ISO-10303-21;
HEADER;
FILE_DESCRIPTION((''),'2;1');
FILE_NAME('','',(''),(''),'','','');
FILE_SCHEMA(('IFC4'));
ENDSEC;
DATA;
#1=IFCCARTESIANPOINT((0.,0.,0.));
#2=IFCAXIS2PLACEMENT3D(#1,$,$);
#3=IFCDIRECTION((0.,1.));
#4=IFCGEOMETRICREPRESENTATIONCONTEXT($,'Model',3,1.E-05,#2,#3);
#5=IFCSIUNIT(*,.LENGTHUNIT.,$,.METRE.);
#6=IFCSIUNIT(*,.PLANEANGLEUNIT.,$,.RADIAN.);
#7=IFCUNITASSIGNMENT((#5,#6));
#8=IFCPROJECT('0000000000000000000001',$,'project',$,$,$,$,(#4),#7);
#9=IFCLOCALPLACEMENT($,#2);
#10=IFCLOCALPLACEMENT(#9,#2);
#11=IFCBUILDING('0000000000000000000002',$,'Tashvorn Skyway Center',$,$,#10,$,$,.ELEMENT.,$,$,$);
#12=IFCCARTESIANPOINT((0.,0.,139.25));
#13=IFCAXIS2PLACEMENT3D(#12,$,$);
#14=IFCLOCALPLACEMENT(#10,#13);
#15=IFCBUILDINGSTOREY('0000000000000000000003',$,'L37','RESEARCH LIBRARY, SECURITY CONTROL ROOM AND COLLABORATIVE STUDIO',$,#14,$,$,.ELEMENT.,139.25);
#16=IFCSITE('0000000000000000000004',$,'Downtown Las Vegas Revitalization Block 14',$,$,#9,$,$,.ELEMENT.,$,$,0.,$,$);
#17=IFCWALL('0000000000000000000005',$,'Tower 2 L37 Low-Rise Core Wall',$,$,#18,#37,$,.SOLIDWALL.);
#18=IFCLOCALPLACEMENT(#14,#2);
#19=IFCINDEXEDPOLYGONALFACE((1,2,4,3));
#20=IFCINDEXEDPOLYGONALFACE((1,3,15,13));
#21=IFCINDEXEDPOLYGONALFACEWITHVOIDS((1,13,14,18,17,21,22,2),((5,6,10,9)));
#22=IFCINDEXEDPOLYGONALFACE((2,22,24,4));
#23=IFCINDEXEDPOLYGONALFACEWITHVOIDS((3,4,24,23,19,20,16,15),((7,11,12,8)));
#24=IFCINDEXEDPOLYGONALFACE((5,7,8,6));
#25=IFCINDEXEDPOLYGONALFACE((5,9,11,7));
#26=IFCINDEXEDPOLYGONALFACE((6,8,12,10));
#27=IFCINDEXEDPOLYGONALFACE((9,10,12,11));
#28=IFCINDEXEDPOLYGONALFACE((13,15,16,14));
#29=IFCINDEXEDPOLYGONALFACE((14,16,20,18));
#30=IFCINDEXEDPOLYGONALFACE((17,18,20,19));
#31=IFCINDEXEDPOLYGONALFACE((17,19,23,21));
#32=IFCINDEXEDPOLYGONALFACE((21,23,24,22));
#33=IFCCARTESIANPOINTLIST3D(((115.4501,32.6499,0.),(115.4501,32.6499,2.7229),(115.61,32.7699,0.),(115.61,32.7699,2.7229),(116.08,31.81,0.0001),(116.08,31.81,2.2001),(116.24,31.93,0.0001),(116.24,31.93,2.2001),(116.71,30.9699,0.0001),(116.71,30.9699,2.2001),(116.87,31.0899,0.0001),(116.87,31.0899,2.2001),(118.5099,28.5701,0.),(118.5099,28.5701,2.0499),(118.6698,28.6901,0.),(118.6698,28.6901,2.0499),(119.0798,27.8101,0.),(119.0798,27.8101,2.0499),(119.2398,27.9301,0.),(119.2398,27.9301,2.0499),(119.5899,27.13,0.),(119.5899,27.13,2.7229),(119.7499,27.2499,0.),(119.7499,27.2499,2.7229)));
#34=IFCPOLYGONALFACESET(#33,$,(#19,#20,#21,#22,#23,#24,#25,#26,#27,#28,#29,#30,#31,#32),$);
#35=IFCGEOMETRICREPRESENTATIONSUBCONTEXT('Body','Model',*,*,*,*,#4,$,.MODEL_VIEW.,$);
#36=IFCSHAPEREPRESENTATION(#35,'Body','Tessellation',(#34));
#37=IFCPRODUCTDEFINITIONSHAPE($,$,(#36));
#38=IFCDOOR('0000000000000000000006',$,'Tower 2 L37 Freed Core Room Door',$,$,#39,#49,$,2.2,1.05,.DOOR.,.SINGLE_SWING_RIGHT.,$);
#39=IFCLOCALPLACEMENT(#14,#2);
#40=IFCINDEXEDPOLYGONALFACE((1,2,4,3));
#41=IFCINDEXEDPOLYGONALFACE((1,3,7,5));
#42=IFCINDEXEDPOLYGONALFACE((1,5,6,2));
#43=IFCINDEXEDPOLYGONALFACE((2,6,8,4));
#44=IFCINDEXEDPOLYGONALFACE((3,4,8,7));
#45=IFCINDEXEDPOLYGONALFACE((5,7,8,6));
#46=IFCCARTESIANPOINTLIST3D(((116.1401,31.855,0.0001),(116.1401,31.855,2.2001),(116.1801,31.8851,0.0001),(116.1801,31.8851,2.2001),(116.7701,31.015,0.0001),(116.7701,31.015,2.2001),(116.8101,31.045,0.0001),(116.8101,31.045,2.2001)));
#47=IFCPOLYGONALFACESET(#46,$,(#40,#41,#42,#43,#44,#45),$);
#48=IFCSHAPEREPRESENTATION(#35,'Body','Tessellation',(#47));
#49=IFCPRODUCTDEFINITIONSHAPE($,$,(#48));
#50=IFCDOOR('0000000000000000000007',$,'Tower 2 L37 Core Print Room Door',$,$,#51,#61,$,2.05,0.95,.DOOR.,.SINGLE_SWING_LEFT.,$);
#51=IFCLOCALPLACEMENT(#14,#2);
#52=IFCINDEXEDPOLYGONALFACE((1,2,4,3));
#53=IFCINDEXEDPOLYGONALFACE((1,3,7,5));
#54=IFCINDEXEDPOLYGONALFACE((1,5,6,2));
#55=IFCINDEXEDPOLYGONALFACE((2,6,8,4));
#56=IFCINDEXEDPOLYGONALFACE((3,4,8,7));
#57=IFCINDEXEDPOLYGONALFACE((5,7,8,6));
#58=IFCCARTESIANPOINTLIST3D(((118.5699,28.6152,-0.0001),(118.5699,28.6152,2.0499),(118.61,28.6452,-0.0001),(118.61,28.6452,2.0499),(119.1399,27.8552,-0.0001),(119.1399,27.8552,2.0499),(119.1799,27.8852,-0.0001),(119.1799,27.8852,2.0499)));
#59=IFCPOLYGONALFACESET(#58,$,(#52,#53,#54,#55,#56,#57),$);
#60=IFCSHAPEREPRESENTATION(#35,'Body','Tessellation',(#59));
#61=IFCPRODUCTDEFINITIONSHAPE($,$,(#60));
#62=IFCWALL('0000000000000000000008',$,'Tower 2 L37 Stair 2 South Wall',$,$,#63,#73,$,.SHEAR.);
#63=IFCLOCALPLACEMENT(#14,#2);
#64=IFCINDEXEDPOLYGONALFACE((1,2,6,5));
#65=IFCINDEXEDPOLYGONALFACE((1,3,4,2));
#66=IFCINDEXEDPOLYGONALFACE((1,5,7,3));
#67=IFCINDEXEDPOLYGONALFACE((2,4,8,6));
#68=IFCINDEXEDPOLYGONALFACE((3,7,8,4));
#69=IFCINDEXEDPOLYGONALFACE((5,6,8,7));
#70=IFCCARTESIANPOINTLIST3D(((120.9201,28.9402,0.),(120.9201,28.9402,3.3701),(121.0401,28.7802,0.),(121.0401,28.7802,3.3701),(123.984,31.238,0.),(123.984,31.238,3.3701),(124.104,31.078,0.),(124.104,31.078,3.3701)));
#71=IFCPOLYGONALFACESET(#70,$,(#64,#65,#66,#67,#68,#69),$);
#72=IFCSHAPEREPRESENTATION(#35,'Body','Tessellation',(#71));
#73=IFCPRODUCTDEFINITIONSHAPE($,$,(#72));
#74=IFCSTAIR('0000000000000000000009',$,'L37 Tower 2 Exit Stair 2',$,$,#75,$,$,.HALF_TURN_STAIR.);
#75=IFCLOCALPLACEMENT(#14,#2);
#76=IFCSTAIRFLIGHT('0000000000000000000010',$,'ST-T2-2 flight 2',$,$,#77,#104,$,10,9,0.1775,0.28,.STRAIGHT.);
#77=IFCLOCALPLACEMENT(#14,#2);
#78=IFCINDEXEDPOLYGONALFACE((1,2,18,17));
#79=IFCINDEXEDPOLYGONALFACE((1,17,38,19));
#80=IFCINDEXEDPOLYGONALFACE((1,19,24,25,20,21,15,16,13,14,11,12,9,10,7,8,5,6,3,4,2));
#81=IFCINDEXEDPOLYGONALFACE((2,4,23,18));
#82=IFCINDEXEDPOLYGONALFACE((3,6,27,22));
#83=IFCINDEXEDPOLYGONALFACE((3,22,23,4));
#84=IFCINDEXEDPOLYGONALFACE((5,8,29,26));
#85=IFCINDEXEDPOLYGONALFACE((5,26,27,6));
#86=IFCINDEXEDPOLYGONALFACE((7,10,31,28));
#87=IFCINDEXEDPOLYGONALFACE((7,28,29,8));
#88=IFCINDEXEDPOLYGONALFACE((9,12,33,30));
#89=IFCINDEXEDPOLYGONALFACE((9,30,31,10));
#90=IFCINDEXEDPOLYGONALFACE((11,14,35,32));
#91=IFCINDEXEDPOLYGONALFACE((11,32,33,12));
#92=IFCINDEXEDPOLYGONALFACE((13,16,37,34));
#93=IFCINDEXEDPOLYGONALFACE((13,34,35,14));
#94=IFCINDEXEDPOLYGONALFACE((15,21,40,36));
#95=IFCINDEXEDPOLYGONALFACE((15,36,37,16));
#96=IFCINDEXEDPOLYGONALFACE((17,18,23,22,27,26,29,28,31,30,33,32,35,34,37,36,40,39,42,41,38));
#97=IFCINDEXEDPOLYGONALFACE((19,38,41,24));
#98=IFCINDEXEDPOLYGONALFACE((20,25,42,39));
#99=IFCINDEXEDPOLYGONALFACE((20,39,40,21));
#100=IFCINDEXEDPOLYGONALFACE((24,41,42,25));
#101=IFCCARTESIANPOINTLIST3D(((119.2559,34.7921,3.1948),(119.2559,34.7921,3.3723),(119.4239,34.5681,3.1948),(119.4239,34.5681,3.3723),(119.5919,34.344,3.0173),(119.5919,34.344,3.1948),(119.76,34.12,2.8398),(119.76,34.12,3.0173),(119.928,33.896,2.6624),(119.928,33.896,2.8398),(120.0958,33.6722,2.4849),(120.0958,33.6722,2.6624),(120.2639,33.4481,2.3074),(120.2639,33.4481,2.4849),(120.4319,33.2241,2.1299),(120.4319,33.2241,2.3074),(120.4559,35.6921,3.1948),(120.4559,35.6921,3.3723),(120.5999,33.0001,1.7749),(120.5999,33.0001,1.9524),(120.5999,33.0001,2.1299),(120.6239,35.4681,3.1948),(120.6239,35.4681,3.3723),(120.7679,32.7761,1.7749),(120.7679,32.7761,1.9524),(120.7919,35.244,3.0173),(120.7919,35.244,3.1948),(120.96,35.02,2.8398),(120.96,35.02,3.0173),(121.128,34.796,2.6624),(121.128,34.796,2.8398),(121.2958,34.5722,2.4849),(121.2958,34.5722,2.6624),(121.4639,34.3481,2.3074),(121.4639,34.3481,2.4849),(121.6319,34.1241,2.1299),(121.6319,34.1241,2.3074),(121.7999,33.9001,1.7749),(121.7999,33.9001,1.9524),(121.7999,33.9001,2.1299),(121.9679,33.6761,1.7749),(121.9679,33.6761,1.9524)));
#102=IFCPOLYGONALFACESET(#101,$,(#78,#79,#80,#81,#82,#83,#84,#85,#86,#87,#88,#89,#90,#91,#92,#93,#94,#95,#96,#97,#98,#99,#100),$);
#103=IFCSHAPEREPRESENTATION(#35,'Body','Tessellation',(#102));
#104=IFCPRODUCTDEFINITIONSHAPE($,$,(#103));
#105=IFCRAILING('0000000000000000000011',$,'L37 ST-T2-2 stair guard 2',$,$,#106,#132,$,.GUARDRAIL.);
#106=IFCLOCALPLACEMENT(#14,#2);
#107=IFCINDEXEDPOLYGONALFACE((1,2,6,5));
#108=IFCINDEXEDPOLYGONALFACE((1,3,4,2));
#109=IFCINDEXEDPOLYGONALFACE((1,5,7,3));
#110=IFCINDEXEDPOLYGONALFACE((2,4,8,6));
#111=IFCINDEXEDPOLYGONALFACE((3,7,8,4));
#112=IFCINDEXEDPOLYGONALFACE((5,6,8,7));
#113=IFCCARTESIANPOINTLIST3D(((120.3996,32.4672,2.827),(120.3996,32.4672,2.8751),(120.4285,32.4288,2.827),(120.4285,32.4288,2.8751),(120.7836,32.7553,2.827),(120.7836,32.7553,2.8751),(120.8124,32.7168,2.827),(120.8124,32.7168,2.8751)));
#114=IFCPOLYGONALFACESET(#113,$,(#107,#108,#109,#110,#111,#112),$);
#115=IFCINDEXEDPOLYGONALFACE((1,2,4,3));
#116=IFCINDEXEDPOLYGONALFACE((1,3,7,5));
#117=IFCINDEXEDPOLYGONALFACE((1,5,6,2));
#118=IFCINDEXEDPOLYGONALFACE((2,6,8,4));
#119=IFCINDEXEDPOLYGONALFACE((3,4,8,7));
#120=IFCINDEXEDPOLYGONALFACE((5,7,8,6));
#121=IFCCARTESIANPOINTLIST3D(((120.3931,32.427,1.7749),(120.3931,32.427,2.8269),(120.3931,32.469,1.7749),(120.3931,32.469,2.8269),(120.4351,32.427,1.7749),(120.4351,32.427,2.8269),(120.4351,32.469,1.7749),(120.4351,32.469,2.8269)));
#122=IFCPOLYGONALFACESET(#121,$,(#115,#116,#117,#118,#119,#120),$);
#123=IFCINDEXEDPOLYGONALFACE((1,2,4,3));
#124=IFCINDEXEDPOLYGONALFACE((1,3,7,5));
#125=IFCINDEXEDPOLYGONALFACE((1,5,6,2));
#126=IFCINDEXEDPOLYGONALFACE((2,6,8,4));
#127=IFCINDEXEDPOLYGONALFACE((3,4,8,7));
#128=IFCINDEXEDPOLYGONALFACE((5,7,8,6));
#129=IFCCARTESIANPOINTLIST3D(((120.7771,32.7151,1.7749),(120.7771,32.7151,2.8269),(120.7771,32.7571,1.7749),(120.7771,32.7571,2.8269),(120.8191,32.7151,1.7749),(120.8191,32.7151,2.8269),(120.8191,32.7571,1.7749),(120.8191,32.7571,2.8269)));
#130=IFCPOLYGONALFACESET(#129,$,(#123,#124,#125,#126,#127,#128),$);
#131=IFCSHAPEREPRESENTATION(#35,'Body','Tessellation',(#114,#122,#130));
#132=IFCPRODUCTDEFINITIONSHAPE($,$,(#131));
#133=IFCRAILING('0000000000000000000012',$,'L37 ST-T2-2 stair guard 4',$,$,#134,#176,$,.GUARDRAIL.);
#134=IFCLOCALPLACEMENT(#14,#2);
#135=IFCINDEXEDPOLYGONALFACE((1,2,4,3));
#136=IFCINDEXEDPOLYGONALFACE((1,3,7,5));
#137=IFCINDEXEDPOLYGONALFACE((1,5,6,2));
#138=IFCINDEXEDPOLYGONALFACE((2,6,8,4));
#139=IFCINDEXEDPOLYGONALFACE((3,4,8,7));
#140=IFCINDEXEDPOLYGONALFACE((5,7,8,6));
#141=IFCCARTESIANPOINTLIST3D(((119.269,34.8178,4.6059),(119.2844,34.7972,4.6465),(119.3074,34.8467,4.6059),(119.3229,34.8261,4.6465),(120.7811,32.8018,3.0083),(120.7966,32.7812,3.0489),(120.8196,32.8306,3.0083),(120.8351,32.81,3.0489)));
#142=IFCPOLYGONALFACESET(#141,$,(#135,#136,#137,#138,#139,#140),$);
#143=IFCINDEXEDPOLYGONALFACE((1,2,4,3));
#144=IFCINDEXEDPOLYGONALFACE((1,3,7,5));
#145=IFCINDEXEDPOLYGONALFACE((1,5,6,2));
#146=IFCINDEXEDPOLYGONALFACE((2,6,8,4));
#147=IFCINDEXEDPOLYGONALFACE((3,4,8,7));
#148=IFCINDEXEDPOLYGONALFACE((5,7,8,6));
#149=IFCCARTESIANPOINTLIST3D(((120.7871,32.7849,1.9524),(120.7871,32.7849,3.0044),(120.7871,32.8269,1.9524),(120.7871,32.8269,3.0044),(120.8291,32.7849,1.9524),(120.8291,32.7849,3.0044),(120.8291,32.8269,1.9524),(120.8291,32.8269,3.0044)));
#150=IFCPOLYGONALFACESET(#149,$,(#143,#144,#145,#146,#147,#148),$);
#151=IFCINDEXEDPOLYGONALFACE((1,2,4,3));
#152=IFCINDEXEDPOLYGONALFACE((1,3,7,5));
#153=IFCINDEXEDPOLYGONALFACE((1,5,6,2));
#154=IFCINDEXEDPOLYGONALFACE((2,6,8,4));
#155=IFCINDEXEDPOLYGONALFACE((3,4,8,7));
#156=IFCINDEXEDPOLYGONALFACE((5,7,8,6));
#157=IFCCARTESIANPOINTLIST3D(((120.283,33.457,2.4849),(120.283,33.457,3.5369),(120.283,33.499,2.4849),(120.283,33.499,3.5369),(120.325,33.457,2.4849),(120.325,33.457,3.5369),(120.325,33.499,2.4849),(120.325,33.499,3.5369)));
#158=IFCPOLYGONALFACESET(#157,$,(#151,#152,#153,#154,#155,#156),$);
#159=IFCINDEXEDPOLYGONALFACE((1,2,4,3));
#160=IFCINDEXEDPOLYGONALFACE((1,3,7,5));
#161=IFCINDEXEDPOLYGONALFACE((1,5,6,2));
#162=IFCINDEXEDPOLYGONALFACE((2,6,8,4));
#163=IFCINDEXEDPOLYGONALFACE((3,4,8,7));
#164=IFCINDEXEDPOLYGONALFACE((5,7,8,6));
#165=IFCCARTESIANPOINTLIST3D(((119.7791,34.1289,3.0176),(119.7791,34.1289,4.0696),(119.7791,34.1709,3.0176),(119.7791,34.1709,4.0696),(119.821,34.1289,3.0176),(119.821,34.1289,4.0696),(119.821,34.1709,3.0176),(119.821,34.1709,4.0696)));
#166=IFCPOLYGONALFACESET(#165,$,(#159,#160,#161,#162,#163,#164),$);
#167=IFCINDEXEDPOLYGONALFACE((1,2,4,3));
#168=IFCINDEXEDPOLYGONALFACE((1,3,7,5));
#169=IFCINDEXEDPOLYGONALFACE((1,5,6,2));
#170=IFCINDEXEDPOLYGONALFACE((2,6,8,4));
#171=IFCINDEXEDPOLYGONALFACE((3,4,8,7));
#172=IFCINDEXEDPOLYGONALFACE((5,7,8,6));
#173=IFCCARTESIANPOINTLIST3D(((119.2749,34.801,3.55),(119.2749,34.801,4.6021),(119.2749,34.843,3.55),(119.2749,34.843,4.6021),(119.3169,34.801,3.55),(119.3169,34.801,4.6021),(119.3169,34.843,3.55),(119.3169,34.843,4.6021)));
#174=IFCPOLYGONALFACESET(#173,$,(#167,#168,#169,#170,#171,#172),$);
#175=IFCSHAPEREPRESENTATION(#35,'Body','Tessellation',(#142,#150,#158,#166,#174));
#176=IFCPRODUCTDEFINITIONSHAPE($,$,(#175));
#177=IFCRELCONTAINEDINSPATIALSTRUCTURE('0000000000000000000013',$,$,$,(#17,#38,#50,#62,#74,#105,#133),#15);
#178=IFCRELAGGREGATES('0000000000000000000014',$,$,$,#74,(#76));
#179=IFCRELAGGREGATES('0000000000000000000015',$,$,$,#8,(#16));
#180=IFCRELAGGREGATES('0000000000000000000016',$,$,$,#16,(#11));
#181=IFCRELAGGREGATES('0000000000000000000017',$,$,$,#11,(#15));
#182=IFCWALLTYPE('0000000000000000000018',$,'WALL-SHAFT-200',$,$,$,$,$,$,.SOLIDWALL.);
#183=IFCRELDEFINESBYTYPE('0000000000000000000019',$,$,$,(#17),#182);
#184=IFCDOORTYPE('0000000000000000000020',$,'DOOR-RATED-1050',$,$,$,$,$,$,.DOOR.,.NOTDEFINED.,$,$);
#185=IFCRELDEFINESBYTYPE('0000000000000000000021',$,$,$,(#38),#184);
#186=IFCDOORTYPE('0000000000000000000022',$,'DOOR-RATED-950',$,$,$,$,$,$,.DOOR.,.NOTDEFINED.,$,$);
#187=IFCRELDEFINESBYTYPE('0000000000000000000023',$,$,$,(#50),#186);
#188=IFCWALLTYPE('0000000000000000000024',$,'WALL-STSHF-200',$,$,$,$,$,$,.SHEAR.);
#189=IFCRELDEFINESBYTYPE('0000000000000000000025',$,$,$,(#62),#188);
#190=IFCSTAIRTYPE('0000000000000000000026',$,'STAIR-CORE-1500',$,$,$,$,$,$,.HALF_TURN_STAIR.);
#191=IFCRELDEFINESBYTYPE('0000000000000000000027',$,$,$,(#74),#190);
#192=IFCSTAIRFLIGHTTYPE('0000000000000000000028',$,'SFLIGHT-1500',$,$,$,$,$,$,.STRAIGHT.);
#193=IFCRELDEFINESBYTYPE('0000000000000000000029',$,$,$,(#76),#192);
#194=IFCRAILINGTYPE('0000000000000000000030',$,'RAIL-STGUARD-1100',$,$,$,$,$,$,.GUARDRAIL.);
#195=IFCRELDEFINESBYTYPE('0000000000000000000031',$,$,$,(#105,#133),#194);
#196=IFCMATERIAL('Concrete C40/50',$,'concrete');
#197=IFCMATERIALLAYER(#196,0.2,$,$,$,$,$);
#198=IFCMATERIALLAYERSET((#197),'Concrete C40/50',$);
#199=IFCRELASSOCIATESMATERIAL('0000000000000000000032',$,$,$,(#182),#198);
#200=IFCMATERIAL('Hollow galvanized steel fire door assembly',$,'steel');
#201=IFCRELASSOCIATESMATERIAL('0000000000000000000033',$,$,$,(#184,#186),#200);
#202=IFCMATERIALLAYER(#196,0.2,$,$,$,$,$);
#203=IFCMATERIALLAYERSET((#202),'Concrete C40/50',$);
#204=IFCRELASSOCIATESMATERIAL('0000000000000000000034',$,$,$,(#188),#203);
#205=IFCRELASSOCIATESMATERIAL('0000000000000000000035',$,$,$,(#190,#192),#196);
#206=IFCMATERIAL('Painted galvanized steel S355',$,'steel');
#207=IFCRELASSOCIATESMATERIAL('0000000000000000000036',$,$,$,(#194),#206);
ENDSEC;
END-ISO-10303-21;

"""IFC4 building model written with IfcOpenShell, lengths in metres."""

from ifc_helpers import new_model, si_unit, direction, frame, frame_2d, origin, origin_2d, place, context, subcontext, project, spatial, polyline, rectangle, outline, extrude, material, layer, layer_set, type_object, element, fill, aggregate, save


model = new_model("IFC4")

# Units and contexts
model_context = context("Model", 3, precision=1e-05, world=origin(), true_north=direction((0.0, 1.0)))
body_context = subcontext(model_context, "Body", "Model", "MODEL_VIEW")
ifc_project = project(units=[si_unit("LENGTHUNIT", "METRE"), si_unit("PLANEANGLEUNIT", "RADIAN")], contexts=[model_context])

# Site, building, storey
site_placement = place(None, origin())
site = spatial("IfcSite", under=ifc_project, at=site_placement, Name="Downtown Las Vegas Revitalization Block 14", CompositionType="ELEMENT", RefElevation=0.0)
building_placement = place(site_placement, origin())
building = spatial("IfcBuilding", under=site, at=building_placement, Name="Tashvorn Skyway Center", CompositionType="ELEMENT")
storey_placement = place(building_placement, frame((0.0, 0.0, 139.25)))
storey = spatial("IfcBuildingStorey", under=building, at=storey_placement, Name="L37", Description="RESEARCH LIBRARY, SECURITY CONTROL ROOM AND COLLABORATIVE STUDIO", CompositionType="ELEMENT", Elevation=139.25)

# Shared definitions
ifc_material_1 = material(Name="Hollow galvanized steel fire door assembly", Category="steel")

# Wall, openings, doors
ifc_material_2 = material(Name="Concrete C40/50", Category="concrete")
ifc_layer_1 = layer(ifc_material_2, 0.2)
ifc_layer_set_1 = layer_set([ifc_layer_1], Name="Concrete C40/50")
wall_type_1 = type_object("IfcWallType", Name="WALL-SHAFT-200", PredefinedType="SOLIDWALL", material=ifc_layer_set_1)
wall_1_placement = place(storey_placement, frame((119.6699, 27.1899, 0.0), z_axis=(0.0, 0.0, 1.0), x_axis=(-0.599989, 0.800008, 0.0)))
wall_1 = element("IfcWall", 1, at=wall_1_placement, inside=storey, type_object=wall_type_1, Name="Tower 2 L37 Low-Rise Core Wall", PredefinedType="SOLIDWALL", context=body_context, shape_type="SweptSolid", body=[
    extrude(rectangle(XDim=6.8999, YDim=0.2, at=frame_2d((3.45, 0.0))), origin(), (0.0, 0.0, 1.0), 2.7229),
])
opening_1_placement = place(wall_1_placement, frame((0.8501, 0.0, 0.0)))
opening_1 = element("IfcOpeningElement", 2, at=opening_1_placement, cuts=wall_1, PredefinedType="OPENING", context=body_context, shape_type="SweptSolid", body=[
    extrude(rectangle(XDim=0.95, YDim=2.05, at=frame_2d((0.4751, 1.0249))), frame((0.0, 0.1099, 0.0), z_axis=(0.0, -1.0, 0.0), x_axis=(1.0, 0.0, 0.0)), (0.0, 0.0, 1.0), 0.22),
])
opening_2_placement = place(wall_1_placement, frame((4.8, 0.0, 0.0)))
opening_2 = element("IfcOpeningElement", 3, at=opening_2_placement, cuts=wall_1, PredefinedType="OPENING", context=body_context, shape_type="SweptSolid", body=[
    extrude(rectangle(XDim=1.05, YDim=2.2, at=frame_2d((0.5249, 1.1001))), frame((0.0, 0.1099, 0.0), z_axis=(0.0, -1.0, 0.0), x_axis=(1.0, 0.0, 0.0)), (0.0, 0.0, 1.0), 0.22),
])
door_type_1 = type_object("IfcDoorType", Name="DOOR-RATED-1050", OperationType="NOTDEFINED", PredefinedType="DOOR", material=ifc_material_1)
door_1_placement = place(opening_2_placement, origin())
door_1 = element("IfcDoor", 4, at=door_1_placement, inside=storey, type_object=door_type_1, Name="Tower 2 L37 Freed Core Room Door", OperationType="SINGLE_SWING_RIGHT", OverallHeight=2.2, OverallWidth=1.05, PredefinedType="DOOR", context=body_context, shape_type="SweptSolid", body=[
    extrude(rectangle(XDim=1.05, YDim=2.2, at=frame_2d((0.5249, 1.1001))), frame((0.0, 0.0249, 0.0), z_axis=(0.0, -1.0, 0.0), x_axis=(1.0, 0.0, 0.0)), (0.0, 0.0, 1.0), 0.05),
])
fill(opening_2, door_1)
door_type_2 = type_object("IfcDoorType", Name="DOOR-RATED-950", OperationType="NOTDEFINED", PredefinedType="DOOR", material=ifc_material_1)
door_2_placement = place(opening_1_placement, origin())
door_2 = element("IfcDoor", 5, at=door_2_placement, inside=storey, type_object=door_type_2, Name="Tower 2 L37 Core Print Room Door", OperationType="SINGLE_SWING_LEFT", OverallHeight=2.05, OverallWidth=0.95, PredefinedType="DOOR", context=body_context, shape_type="SweptSolid", body=[
    extrude(rectangle(XDim=0.95, YDim=2.05, at=frame_2d((0.4751, 1.0249))), frame((0.0, 0.0249, 0.0), z_axis=(0.0, -1.0, 0.0), x_axis=(1.0, 0.0, 0.0)), (0.0, 0.0, 1.0), 0.05),
])
fill(opening_1, door_2)

# Wall
ifc_layer_2 = layer(ifc_material_2, 0.2)
ifc_layer_set_2 = layer_set([ifc_layer_2], Name="Concrete C40/50")
wall_type_2 = type_object("IfcWallType", Name="WALL-STSHF-200", PredefinedType="SHEAR", material=ifc_layer_set_2)
wall_2_placement = place(storey_placement, frame((120.98, 28.8601, 0.0), z_axis=(0.0, 0.0, 1.0), x_axis=(0.800015, 0.59998, 0.0)))
element("IfcWall", 6, at=wall_2_placement, inside=storey, type_object=wall_type_2, Name="Tower 2 L37 Stair 2 South Wall", PredefinedType="SHEAR", context=body_context, shape_type="SweptSolid", body=[
    extrude(rectangle(XDim=3.8298, YDim=0.2, at=frame_2d((1.915, 0.0))), origin(), (0.0, 0.0, 1.0), 3.3701),
])

# Stair, stair flight
stair_type = type_object("IfcStairType", Name="STAIR-CORE-1500", PredefinedType="HALF_TURN_STAIR", material=ifc_material_2)
stair_placement = place(storey_placement, origin())
stair = element("IfcStair", 7, at=stair_placement, inside=storey, type_object=stair_type, Name="L37 Tower 2 Exit Stair 2", PredefinedType="HALF_TURN_STAIR")
stair_flight_type = type_object("IfcStairFlightType", Name="SFLIGHT-1500", PredefinedType="STRAIGHT", material=ifc_material_2)
stair_flight_placement = place(storey_placement, frame((121.3679, 33.2261, 1.7749), z_axis=(0.0, 0.0, 1.0), x_axis=(-0.6, 0.8, 0.0)))
stair_flight = element("IfcStairFlight", 8, at=stair_flight_placement, type_object=stair_flight_type, Name="ST-T2-2 flight 2", NumberOfRisers=10, NumberOfTreads=9, PredefinedType="STRAIGHT", RiserHeight=0.1775, TreadLength=0.28, context=body_context, shape_type="SweptSolid", body=[
    extrude(outline(polyline([(0.0, 0.0), (0.0, 0.1775), (0.28, 0.1775), (0.28, 0.355), (0.5601, 0.355), (0.5601, 0.5325), (0.8401, 0.5325), (0.8401, 0.71), (1.1201, 0.71), (1.1201, 0.8875), (1.3999, 0.8875), (1.3999, 1.0649), (1.6799, 1.0649), (1.6799, 1.2424), (1.96, 1.2424), (1.96, 1.4199), (2.24, 1.4199), (2.24, 1.5974), (2.52, 1.5974), (2.52, 1.7749), (2.52, 1.4199), (0.28, 0.0), (0.0, 0.0)])), frame((0.0, 0.75, 0.0), z_axis=(0.0, -1.0, 0.0), x_axis=(1.0, 0.0, 0.0)), (0.0, 0.0, 1.0), 1.5),
])
aggregate(stair, [stair_flight])

# Railings
ifc_material_3 = material(Name="Painted galvanized steel S355", Category="steel")
railing_type = type_object("IfcRailingType", Name="RAIL-STGUARD-1100", PredefinedType="GUARDRAIL", material=ifc_material_3)
railing_1_placement = place(storey_placement, frame((120.4141, 32.448, 1.7749)))
element("IfcRailing", 9, at=railing_1_placement, inside=storey, type_object=railing_type, Name="L37 ST-T2-2 stair guard 2", PredefinedType="GUARDRAIL", context=body_context, shape_type="SweptSolid", body=[
    extrude(rectangle(XDim=0.0481, YDim=0.0481, at=origin_2d()), frame((0.0, 0.0, 1.0762), z_axis=(0.799939, 0.600081, 0.0), x_axis=(-0.600081, 0.799939, 0.0)), (0.0, 0.0, 1.0), 0.48),
    extrude(rectangle(XDim=0.042, YDim=0.042, at=origin_2d()), origin(), (0.0, 0.0, 1.0), 1.052),
    extrude(rectangle(XDim=0.042, YDim=0.042, at=origin_2d()), frame((0.384, 0.2881, 0.0)), (0.0, 0.0, 1.0), 1.052),
])
railing_2_placement = place(storey_placement, frame((120.8081, 32.8059, 1.9524)))
element("IfcRailing", 10, at=railing_2_placement, inside=storey, type_object=railing_type, Name="L37 ST-T2-2 stair guard 4", PredefinedType="GUARDRAIL", context=body_context, shape_type="SweptSolid", body=[
    extrude(rectangle(XDim=0.0481, YDim=0.0481, at=origin_2d()), frame((0.0, 0.0, 1.0762), z_axis=(-0.506779, 0.675651, 0.535416), x_axis=(-0.799977, -0.600031, 0.0)), (0.0, 0.0, 1.0), 2.9839),
    extrude(rectangle(XDim=0.042, YDim=0.042, at=origin_2d()), origin(), (0.0, 0.0, 1.0), 1.052),
    extrude(rectangle(XDim=0.042, YDim=0.042, at=origin_2d()), frame((-0.5042, 0.6721, 0.5325)), (0.0, 0.0, 1.0), 1.052),
    extrude(rectangle(XDim=0.042, YDim=0.042, at=origin_2d()), frame((-1.0081, 1.344, 1.0652)), (0.0, 0.0, 1.0), 1.052),
    extrude(rectangle(XDim=0.042, YDim=0.042, at=origin_2d()), frame((-1.5122, 2.0161, 1.5977)), (0.0, 0.0, 1.0), 1.052),
])

save(model, "model.ifc")
